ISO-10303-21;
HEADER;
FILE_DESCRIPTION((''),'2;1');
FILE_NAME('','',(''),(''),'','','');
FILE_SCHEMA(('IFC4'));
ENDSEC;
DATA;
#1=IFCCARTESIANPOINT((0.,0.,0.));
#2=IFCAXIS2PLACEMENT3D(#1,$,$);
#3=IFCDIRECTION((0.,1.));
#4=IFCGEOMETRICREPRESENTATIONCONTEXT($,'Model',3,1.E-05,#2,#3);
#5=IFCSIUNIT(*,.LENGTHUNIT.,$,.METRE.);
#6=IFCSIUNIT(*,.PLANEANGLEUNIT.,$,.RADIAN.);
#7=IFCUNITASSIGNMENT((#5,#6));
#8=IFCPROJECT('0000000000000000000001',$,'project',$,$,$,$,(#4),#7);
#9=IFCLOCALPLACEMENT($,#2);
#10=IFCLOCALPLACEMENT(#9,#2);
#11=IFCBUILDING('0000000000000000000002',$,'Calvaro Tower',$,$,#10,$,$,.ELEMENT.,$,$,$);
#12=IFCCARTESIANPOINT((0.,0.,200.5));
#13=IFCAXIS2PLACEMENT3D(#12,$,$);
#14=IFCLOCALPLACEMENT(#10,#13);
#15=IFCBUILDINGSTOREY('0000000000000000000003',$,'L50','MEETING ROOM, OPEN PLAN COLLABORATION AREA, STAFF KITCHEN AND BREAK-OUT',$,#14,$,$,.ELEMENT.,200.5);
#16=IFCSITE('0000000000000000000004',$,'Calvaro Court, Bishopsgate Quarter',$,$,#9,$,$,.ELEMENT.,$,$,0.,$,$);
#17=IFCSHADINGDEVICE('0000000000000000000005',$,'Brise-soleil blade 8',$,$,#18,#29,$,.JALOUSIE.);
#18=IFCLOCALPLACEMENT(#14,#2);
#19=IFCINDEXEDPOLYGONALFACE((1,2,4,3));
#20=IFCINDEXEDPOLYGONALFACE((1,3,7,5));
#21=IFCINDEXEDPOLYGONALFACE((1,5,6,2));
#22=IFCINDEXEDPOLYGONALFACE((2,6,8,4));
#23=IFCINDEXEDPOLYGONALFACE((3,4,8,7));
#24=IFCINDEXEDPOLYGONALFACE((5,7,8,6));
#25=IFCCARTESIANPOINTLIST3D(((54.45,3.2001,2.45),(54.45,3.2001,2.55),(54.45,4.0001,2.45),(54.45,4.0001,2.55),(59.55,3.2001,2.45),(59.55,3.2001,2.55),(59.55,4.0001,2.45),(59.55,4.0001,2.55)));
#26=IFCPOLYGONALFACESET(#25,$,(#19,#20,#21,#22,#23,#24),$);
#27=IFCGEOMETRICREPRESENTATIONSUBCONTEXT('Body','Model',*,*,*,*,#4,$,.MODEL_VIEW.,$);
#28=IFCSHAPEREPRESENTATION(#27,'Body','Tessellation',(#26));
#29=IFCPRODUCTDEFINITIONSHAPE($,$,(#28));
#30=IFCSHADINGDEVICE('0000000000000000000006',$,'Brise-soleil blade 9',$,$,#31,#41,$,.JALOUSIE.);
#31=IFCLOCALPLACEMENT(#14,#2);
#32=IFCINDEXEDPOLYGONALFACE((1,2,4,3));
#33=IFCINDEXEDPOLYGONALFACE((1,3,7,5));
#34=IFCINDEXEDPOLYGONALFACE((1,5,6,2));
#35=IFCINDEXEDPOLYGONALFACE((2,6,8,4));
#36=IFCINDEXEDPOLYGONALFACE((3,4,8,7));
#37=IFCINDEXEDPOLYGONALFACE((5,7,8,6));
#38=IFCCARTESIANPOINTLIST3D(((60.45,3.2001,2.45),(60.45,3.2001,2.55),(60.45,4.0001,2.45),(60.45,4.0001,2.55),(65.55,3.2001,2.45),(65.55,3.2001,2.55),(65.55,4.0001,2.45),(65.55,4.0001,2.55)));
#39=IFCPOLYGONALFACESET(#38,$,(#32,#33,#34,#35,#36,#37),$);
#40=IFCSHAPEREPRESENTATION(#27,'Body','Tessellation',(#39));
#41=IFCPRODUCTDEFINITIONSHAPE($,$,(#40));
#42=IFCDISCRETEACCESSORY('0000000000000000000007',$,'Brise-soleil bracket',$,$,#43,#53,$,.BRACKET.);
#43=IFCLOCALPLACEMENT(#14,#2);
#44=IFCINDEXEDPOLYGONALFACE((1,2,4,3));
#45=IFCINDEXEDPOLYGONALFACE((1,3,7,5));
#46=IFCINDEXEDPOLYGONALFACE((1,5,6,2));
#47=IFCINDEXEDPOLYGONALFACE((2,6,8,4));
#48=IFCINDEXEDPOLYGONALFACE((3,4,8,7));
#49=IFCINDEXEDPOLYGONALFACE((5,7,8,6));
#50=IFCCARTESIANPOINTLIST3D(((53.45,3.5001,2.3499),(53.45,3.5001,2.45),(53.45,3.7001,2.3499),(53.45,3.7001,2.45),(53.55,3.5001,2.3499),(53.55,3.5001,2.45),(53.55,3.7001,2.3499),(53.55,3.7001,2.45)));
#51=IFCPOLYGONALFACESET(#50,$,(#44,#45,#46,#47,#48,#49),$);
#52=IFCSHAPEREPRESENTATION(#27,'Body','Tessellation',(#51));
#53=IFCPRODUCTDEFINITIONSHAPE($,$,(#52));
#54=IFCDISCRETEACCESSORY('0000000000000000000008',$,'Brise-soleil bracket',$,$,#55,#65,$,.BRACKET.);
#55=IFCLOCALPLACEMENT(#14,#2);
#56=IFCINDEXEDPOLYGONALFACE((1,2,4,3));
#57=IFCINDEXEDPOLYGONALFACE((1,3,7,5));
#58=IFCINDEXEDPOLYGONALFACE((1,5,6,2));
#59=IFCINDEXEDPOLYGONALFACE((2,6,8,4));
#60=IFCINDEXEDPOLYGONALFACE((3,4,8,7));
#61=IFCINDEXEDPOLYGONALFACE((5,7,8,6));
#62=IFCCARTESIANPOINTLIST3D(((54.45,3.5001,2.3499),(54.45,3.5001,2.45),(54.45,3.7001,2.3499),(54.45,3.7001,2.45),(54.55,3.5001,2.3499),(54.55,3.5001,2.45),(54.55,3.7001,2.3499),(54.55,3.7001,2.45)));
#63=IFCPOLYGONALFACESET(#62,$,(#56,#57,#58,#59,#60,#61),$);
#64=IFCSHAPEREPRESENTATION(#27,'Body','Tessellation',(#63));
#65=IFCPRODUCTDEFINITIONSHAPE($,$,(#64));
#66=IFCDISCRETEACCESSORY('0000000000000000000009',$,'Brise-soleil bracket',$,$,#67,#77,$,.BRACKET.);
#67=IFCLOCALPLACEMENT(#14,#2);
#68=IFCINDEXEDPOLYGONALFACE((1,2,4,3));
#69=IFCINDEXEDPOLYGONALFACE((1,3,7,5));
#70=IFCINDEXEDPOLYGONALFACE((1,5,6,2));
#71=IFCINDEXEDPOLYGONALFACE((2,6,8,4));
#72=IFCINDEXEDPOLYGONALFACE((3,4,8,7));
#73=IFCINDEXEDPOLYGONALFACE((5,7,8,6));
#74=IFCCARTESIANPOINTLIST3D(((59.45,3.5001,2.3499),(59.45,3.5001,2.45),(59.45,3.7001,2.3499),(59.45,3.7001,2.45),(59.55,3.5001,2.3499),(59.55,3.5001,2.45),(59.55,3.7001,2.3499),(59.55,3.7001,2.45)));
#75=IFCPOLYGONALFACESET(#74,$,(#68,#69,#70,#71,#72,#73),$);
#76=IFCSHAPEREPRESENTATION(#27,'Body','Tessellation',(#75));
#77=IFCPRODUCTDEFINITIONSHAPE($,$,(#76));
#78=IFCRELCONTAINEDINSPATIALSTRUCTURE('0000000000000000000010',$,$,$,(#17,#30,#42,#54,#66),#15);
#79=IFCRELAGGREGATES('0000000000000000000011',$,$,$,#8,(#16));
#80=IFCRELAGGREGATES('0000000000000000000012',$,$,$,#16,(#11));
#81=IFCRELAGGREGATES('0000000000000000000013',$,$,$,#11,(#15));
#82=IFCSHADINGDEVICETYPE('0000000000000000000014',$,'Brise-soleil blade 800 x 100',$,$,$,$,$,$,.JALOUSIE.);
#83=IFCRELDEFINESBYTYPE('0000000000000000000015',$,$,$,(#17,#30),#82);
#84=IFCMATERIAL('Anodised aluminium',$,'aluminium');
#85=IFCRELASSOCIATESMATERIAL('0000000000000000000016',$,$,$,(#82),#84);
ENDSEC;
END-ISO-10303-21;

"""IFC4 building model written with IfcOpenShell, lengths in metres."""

from ifc_helpers import new_model, si_unit, direction, frame, origin, origin_2d, place, context, subcontext, project, spatial, rectangle, extrude, material, material_profile, profile_set, type_object, element, save


model = new_model("IFC4")

# Units and contexts
model_context = context("Model", 3, precision=1e-05, world=origin(), true_north=direction((0.0, 1.0)))
body_context = subcontext(model_context, "Body", "Model", "MODEL_VIEW")
ifc_project = project(units=[si_unit("LENGTHUNIT", "METRE"), si_unit("PLANEANGLEUNIT", "RADIAN")], contexts=[model_context])

# Site, building, storey
site_placement = place(None, origin())
site = spatial("IfcSite", under=ifc_project, at=site_placement, Name="Calvaro Court, Bishopsgate Quarter", CompositionType="ELEMENT", RefElevation=0.0)
building_placement = place(site_placement, origin())
building = spatial("IfcBuilding", under=site, at=building_placement, Name="Calvaro Tower", CompositionType="ELEMENT")
storey_placement = place(building_placement, frame((0.0, 0.0, 200.5)))
storey = spatial("IfcBuildingStorey", under=building, at=storey_placement, Name="L50", Description="MEETING ROOM, OPEN PLAN COLLABORATION AREA, STAFF KITCHEN AND BREAK-OUT", CompositionType="ELEMENT", Elevation=200.5)

# Shading devices
ifc_material_1 = material(Name="Anodised aluminium", Category="aluminium")
ifc_material_profile_1 = material_profile(ifc_material_1, rectangle(XDim=0.8, YDim=0.1001, at=origin_2d()), Name="Brise-soleil blade 800 x 100")
ifc_profile_set_1 = profile_set([ifc_material_profile_1], Name="Anodised aluminium")
shading_device_type = type_object("IfcShadingDeviceType", Name="Brise-soleil blade 800 x 100", PredefinedType="JALOUSIE", material=ifc_profile_set_1)
for number, where, z_axis, x_axis, name in (
    (1, (54.45, 3.6001, 2.5), (1.0, 0.0, 0.0), (0.0, 1.0, 0.0), "Brise-soleil blade 8"),
    (2, (60.45, 3.6001, 2.5), (1.0, 0.0, 0.0), (0.0, 1.0, 0.0), "Brise-soleil blade 9"),
):
    element("IfcShadingDevice", number, at=place(storey_placement, frame(where, z_axis=z_axis, x_axis=x_axis)), inside=storey, type_object=shading_device_type, Name=name, PredefinedType="JALOUSIE", context=body_context, shape_type="SweptSolid", body=[
        extrude(rectangle(XDim=0.8, YDim=0.1001, at=origin_2d()), origin(), (0.0, 0.0, 1.0), 5.1001),
    ])

# Discrete accessories
for number, where, z_axis, x_axis, name in (
    (3, (53.5, 3.6001, 2.3499), (0.0, 0.0, 1.0), (1.0, 0.0, 0.0), "Brise-soleil bracket"),
    (4, (54.5, 3.6001, 2.3499), (0.0, 0.0, 1.0), (1.0, 0.0, 0.0), "Brise-soleil bracket"),
    (5, (59.5, 3.6001, 2.3499), (0.0, 0.0, 1.0), (1.0, 0.0, 0.0), "Brise-soleil bracket"),
):
    element("IfcDiscreteAccessory", number, at=place(storey_placement, frame(where, z_axis=z_axis, x_axis=x_axis)), inside=storey, Name=name, PredefinedType="BRACKET", context=body_context, shape_type="SweptSolid", body=[
        extrude(rectangle(XDim=0.1001, YDim=0.2, at=origin_2d()), origin(), (0.0, 0.0, 1.0), 0.1001),
    ])

save(model, "model.ifc")
